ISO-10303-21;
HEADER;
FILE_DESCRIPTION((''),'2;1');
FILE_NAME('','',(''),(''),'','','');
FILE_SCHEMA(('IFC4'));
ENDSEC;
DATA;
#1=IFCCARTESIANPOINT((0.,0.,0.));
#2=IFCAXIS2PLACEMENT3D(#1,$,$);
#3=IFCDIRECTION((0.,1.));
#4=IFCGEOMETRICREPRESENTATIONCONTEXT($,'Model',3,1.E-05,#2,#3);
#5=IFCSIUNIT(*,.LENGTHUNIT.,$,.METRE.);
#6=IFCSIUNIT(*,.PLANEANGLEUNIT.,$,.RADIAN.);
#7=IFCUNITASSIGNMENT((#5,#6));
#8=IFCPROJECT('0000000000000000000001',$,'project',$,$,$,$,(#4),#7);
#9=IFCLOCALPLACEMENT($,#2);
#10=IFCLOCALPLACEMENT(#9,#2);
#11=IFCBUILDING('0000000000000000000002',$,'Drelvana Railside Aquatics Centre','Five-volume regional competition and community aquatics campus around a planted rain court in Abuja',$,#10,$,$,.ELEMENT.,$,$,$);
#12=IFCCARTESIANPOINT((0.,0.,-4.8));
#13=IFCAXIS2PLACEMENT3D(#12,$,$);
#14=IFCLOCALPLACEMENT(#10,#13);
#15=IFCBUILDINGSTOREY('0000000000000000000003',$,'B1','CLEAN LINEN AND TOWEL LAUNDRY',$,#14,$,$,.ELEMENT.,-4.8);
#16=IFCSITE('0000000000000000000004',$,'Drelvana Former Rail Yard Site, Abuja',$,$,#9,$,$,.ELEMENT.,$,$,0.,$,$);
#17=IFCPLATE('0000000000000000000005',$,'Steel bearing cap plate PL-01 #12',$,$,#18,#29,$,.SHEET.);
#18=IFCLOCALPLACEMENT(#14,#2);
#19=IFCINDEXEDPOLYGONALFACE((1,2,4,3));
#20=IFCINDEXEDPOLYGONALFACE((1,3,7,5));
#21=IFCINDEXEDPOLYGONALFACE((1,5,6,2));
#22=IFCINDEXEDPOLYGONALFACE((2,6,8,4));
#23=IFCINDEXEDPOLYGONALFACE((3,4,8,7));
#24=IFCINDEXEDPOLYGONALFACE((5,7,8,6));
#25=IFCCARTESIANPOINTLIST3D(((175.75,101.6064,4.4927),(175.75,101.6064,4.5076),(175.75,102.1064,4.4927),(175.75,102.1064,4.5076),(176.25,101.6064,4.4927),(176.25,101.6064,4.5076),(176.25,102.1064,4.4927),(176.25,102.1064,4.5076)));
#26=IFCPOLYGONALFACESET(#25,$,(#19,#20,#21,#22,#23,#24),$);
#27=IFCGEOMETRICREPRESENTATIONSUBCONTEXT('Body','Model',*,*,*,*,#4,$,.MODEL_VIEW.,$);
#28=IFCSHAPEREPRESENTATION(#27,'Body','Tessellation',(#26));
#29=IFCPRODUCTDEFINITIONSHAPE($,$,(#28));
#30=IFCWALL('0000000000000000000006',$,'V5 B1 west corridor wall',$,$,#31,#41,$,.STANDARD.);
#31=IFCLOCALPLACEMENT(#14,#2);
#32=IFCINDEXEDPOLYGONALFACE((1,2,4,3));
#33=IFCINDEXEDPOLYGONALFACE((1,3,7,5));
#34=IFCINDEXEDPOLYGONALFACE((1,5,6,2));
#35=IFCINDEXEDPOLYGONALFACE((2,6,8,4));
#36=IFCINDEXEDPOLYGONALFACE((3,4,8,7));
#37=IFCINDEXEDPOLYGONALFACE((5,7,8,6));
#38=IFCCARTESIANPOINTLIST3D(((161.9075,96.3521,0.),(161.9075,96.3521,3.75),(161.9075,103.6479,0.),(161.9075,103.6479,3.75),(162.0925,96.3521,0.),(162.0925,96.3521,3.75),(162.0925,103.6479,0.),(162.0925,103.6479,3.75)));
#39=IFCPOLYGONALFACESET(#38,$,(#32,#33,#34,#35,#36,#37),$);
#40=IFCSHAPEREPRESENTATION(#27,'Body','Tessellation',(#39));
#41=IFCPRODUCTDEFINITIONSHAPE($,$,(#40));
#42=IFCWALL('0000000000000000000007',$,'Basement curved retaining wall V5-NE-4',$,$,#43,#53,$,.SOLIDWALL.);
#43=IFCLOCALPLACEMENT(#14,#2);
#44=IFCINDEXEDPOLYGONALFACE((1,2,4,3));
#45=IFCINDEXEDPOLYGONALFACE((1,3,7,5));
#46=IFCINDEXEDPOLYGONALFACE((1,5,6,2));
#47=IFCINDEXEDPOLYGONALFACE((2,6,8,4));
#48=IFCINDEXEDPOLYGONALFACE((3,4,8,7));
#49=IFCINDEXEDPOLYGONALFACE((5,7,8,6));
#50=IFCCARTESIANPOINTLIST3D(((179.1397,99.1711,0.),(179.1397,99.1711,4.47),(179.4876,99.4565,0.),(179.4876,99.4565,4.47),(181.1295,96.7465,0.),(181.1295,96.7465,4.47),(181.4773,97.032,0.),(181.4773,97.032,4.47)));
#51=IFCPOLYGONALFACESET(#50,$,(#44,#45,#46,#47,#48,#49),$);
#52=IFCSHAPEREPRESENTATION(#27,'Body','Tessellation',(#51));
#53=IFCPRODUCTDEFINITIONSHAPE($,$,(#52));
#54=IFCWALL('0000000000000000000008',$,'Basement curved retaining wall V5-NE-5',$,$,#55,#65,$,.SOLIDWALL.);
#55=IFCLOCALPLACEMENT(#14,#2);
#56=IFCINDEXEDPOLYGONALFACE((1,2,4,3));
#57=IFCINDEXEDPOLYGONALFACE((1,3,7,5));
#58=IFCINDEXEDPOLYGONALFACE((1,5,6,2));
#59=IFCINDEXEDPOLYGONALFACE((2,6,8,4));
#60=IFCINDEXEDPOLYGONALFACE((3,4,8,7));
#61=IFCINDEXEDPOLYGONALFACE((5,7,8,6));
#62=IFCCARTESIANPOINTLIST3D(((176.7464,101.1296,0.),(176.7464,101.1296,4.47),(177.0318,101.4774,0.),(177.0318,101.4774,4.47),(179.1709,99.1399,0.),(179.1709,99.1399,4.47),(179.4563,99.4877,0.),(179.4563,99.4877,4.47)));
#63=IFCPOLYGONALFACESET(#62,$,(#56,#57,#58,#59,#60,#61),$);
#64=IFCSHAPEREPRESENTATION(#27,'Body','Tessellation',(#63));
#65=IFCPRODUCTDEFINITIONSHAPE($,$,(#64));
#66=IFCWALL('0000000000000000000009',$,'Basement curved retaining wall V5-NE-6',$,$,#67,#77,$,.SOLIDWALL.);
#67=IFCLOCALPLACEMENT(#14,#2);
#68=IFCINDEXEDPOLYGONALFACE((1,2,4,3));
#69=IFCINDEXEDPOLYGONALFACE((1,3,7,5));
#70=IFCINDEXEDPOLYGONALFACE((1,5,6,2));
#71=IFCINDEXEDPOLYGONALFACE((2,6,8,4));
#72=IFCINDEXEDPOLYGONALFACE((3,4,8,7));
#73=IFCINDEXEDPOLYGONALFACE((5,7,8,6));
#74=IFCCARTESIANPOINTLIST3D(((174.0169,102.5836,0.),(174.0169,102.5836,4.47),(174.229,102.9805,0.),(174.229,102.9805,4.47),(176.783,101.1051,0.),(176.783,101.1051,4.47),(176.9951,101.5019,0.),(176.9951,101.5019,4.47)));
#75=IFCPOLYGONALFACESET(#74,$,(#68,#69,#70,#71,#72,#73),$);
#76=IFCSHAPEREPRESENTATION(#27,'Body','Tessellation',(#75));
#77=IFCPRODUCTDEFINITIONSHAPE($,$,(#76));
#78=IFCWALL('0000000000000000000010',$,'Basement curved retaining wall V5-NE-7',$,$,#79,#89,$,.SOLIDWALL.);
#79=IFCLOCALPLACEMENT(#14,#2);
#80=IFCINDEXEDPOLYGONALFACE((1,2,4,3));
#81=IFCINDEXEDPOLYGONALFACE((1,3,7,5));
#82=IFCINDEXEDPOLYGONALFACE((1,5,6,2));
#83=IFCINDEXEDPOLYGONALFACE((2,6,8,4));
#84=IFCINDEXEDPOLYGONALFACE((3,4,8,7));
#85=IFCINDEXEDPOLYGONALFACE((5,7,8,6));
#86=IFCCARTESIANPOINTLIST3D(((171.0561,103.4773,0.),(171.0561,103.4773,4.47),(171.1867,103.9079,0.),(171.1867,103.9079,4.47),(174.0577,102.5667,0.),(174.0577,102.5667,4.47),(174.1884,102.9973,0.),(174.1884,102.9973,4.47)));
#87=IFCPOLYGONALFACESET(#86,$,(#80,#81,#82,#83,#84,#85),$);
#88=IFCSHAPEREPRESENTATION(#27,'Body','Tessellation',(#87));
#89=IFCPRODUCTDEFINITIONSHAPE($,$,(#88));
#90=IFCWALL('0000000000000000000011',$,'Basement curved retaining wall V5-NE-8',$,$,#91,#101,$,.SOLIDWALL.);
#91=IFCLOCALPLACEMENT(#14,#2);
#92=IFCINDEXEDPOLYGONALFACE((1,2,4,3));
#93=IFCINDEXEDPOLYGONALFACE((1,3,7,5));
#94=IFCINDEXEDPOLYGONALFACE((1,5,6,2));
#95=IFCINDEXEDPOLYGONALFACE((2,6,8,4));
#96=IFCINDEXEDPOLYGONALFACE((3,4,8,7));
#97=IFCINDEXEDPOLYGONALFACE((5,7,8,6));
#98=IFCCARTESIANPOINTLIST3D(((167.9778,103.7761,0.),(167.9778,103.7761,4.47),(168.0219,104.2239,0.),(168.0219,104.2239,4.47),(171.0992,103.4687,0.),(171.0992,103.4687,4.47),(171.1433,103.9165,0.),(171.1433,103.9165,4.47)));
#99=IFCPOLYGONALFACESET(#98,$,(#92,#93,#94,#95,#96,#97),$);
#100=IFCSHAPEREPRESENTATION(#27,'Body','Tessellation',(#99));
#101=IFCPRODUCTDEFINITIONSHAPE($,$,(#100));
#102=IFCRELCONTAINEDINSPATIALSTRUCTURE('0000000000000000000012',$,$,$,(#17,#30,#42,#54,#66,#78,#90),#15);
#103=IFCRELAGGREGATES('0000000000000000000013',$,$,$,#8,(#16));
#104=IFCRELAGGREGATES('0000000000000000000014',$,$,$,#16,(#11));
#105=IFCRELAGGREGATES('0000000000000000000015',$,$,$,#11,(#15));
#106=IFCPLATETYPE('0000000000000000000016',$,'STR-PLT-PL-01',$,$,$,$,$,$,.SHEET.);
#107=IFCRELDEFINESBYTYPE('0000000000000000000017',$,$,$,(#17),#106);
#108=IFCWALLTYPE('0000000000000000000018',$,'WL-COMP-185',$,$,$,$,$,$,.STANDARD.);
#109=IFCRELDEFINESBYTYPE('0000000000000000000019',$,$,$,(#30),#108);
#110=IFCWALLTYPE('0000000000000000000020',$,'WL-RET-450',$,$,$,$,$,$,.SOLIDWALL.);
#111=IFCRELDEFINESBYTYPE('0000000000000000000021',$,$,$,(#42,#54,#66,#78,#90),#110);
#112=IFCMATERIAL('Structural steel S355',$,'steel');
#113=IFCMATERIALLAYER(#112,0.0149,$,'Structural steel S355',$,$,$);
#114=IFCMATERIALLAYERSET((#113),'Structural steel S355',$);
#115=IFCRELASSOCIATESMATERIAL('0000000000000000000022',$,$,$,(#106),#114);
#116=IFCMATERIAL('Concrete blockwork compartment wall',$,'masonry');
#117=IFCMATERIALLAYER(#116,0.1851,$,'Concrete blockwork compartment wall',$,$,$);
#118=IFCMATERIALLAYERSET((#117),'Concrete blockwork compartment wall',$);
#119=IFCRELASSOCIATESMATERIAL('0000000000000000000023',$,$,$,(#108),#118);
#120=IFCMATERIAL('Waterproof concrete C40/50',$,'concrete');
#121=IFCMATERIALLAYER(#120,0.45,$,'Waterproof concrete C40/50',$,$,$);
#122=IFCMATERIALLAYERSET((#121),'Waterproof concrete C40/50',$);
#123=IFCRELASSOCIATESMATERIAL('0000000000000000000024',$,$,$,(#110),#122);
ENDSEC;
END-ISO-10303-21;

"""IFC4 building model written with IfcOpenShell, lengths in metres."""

from ifc_helpers import new_model, si_unit, direction, frame, frame_2d, origin, origin_2d, place, context, subcontext, project, spatial, rectangle, extrude, material, layer, layer_set, type_object, element, save


model = new_model("IFC4")

# Units and contexts
model_context = context("Model", 3, precision=1e-05, world=origin(), true_north=direction((0.0, 1.0)))
body_context = subcontext(model_context, "Body", "Model", "MODEL_VIEW")
ifc_project = project(units=[si_unit("LENGTHUNIT", "METRE"), si_unit("PLANEANGLEUNIT", "RADIAN")], contexts=[model_context])

# Site, building, storey
site_placement = place(None, origin())
site = spatial("IfcSite", under=ifc_project, at=site_placement, Name="Drelvana Former Rail Yard Site, Abuja", CompositionType="ELEMENT", RefElevation=0.0)
building_placement = place(site_placement, origin())
building = spatial("IfcBuilding", under=site, at=building_placement, Name="Drelvana Railside Aquatics Centre", Description="Five-volume regional competition and community aquatics campus around a planted rain court in Abuja", CompositionType="ELEMENT")
storey_placement = place(building_placement, frame((0.0, 0.0, -4.8)))
storey = spatial("IfcBuildingStorey", under=building, at=storey_placement, Name="B1", Description="CLEAN LINEN AND TOWEL LAUNDRY", CompositionType="ELEMENT", Elevation=-4.8)

# Shared definitions
ifc_material_1 = material(Name="Structural steel S355", Category="steel")

# Plate
ifc_layer_1 = layer(ifc_material_1, 0.0149, Name="Structural steel S355")
ifc_layer_set_1 = layer_set([ifc_layer_1], Name="Structural steel S355")
plate_type = type_object("IfcPlateType", Name="STR-PLT-PL-01", PredefinedType="SHEET", material=ifc_layer_set_1)
for number, where, z_axis, x_axis, name in (
    (1, (176.0, 101.8564, 4.4927), (0.0, 0.0, 1.0), (1.0, 0.0, 0.0), "Steel bearing cap plate PL-01 #12"),
):
    element("IfcPlate", number, at=place(storey_placement, frame(where, z_axis=z_axis, x_axis=x_axis)), inside=storey, type_object=plate_type, Name=name, PredefinedType="SHEET", context=body_context, shape_type="SweptSolid", body=[
        extrude(rectangle(XDim=0.5, YDim=0.5, at=origin_2d()), origin(), (0.0, 0.0, 1.0), 0.0149),
    ])

# Walls
ifc_material_2 = material(Name="Concrete blockwork compartment wall", Category="masonry")
ifc_layer_2 = layer(ifc_material_2, 0.1851, Name="Concrete blockwork compartment wall")
ifc_layer_set_2 = layer_set([ifc_layer_2], Name="Concrete blockwork compartment wall")
wall_type_1 = type_object("IfcWallType", Name="WL-COMP-185", PredefinedType="STANDARD", material=ifc_layer_set_2)
wall_1_placement = place(storey_placement, frame((162.0, 96.3521, 0.0), z_axis=(0.0, 0.0, 1.0), x_axis=(0.0, 1.0, 0.0)))
element("IfcWall", 2, at=wall_1_placement, inside=storey, type_object=wall_type_1, Name="V5 B1 west corridor wall", PredefinedType="STANDARD", context=body_context, shape_type="SweptSolid", body=[
    extrude(rectangle(XDim=7.2959, YDim=0.1851, at=frame_2d((3.6479, 0.0))), origin(), (0.0, 0.0, 1.0), 3.75),
])
ifc_material_3 = material(Name="Waterproof concrete C40/50", Category="concrete")
ifc_layer_3 = layer(ifc_material_3, 0.45, Name="Waterproof concrete C40/50")
ifc_layer_set_3 = layer_set([ifc_layer_3], Name="Waterproof concrete C40/50")
wall_type_2 = type_object("IfcWallType", Name="WL-RET-450", PredefinedType="SOLIDWALL", material=ifc_layer_set_3)
for number, where, z_axis, x_axis, name in (
    (3, (181.3035, 96.8892, 0.0), (0.0, 0.0, 1.0), (-0.634386, 0.773017, 0.0), "Basement curved retaining wall V5-NE-4"),
    (4, (179.3137, 99.3137, 0.0), (0.0, 0.0, 1.0), (-0.773017, 0.634386, 0.0), "Basement curved retaining wall V5-NE-5"),
    (5, (176.8892, 101.3035, 0.0), (0.0, 0.0, 1.0), (-0.881922, 0.471396, 0.0), "Basement curved retaining wall V5-NE-6"),
):
    element("IfcWall", number, at=place(storey_placement, frame(where, z_axis=z_axis, x_axis=x_axis)), inside=storey, type_object=wall_type_2, Name=name, PredefinedType="SOLIDWALL", context=body_context, shape_type="SweptSolid", body=[
        extrude(rectangle(XDim=3.1365, YDim=0.45, at=frame_2d((1.5684, 0.0))), origin(), (0.0, 0.0, 1.0), 4.47),
    ])
wall_2_placement = place(storey_placement, frame((174.123, 102.782, 0.0), z_axis=(0.0, 0.0, 1.0), x_axis=(-0.956933, 0.29031, 0.0)))
element("IfcWall", 6, at=wall_2_placement, inside=storey, type_object=wall_type_2, Name="Basement curved retaining wall V5-NE-7", PredefinedType="SOLIDWALL", context=body_context, shape_type="SweptSolid", body=[
    extrude(rectangle(XDim=3.1367, YDim=0.45, at=frame_2d((1.5684, 0.0))), origin(), (0.0, 0.0, 1.0), 4.47),
])
wall_3_placement = place(storey_placement, frame((171.1213, 103.6926, 0.0), z_axis=(0.0, 0.0, 1.0), x_axis=(-0.995186, 0.098001, 0.0)))
element("IfcWall", 7, at=wall_3_placement, inside=storey, type_object=wall_type_2, Name="Basement curved retaining wall V5-NE-8", PredefinedType="SOLIDWALL", context=body_context, shape_type="SweptSolid", body=[
    extrude(rectangle(XDim=3.1365, YDim=0.45, at=frame_2d((1.5684, 0.0))), origin(), (0.0, 0.0, 1.0), 4.47),
])

save(model, "model.ifc")
